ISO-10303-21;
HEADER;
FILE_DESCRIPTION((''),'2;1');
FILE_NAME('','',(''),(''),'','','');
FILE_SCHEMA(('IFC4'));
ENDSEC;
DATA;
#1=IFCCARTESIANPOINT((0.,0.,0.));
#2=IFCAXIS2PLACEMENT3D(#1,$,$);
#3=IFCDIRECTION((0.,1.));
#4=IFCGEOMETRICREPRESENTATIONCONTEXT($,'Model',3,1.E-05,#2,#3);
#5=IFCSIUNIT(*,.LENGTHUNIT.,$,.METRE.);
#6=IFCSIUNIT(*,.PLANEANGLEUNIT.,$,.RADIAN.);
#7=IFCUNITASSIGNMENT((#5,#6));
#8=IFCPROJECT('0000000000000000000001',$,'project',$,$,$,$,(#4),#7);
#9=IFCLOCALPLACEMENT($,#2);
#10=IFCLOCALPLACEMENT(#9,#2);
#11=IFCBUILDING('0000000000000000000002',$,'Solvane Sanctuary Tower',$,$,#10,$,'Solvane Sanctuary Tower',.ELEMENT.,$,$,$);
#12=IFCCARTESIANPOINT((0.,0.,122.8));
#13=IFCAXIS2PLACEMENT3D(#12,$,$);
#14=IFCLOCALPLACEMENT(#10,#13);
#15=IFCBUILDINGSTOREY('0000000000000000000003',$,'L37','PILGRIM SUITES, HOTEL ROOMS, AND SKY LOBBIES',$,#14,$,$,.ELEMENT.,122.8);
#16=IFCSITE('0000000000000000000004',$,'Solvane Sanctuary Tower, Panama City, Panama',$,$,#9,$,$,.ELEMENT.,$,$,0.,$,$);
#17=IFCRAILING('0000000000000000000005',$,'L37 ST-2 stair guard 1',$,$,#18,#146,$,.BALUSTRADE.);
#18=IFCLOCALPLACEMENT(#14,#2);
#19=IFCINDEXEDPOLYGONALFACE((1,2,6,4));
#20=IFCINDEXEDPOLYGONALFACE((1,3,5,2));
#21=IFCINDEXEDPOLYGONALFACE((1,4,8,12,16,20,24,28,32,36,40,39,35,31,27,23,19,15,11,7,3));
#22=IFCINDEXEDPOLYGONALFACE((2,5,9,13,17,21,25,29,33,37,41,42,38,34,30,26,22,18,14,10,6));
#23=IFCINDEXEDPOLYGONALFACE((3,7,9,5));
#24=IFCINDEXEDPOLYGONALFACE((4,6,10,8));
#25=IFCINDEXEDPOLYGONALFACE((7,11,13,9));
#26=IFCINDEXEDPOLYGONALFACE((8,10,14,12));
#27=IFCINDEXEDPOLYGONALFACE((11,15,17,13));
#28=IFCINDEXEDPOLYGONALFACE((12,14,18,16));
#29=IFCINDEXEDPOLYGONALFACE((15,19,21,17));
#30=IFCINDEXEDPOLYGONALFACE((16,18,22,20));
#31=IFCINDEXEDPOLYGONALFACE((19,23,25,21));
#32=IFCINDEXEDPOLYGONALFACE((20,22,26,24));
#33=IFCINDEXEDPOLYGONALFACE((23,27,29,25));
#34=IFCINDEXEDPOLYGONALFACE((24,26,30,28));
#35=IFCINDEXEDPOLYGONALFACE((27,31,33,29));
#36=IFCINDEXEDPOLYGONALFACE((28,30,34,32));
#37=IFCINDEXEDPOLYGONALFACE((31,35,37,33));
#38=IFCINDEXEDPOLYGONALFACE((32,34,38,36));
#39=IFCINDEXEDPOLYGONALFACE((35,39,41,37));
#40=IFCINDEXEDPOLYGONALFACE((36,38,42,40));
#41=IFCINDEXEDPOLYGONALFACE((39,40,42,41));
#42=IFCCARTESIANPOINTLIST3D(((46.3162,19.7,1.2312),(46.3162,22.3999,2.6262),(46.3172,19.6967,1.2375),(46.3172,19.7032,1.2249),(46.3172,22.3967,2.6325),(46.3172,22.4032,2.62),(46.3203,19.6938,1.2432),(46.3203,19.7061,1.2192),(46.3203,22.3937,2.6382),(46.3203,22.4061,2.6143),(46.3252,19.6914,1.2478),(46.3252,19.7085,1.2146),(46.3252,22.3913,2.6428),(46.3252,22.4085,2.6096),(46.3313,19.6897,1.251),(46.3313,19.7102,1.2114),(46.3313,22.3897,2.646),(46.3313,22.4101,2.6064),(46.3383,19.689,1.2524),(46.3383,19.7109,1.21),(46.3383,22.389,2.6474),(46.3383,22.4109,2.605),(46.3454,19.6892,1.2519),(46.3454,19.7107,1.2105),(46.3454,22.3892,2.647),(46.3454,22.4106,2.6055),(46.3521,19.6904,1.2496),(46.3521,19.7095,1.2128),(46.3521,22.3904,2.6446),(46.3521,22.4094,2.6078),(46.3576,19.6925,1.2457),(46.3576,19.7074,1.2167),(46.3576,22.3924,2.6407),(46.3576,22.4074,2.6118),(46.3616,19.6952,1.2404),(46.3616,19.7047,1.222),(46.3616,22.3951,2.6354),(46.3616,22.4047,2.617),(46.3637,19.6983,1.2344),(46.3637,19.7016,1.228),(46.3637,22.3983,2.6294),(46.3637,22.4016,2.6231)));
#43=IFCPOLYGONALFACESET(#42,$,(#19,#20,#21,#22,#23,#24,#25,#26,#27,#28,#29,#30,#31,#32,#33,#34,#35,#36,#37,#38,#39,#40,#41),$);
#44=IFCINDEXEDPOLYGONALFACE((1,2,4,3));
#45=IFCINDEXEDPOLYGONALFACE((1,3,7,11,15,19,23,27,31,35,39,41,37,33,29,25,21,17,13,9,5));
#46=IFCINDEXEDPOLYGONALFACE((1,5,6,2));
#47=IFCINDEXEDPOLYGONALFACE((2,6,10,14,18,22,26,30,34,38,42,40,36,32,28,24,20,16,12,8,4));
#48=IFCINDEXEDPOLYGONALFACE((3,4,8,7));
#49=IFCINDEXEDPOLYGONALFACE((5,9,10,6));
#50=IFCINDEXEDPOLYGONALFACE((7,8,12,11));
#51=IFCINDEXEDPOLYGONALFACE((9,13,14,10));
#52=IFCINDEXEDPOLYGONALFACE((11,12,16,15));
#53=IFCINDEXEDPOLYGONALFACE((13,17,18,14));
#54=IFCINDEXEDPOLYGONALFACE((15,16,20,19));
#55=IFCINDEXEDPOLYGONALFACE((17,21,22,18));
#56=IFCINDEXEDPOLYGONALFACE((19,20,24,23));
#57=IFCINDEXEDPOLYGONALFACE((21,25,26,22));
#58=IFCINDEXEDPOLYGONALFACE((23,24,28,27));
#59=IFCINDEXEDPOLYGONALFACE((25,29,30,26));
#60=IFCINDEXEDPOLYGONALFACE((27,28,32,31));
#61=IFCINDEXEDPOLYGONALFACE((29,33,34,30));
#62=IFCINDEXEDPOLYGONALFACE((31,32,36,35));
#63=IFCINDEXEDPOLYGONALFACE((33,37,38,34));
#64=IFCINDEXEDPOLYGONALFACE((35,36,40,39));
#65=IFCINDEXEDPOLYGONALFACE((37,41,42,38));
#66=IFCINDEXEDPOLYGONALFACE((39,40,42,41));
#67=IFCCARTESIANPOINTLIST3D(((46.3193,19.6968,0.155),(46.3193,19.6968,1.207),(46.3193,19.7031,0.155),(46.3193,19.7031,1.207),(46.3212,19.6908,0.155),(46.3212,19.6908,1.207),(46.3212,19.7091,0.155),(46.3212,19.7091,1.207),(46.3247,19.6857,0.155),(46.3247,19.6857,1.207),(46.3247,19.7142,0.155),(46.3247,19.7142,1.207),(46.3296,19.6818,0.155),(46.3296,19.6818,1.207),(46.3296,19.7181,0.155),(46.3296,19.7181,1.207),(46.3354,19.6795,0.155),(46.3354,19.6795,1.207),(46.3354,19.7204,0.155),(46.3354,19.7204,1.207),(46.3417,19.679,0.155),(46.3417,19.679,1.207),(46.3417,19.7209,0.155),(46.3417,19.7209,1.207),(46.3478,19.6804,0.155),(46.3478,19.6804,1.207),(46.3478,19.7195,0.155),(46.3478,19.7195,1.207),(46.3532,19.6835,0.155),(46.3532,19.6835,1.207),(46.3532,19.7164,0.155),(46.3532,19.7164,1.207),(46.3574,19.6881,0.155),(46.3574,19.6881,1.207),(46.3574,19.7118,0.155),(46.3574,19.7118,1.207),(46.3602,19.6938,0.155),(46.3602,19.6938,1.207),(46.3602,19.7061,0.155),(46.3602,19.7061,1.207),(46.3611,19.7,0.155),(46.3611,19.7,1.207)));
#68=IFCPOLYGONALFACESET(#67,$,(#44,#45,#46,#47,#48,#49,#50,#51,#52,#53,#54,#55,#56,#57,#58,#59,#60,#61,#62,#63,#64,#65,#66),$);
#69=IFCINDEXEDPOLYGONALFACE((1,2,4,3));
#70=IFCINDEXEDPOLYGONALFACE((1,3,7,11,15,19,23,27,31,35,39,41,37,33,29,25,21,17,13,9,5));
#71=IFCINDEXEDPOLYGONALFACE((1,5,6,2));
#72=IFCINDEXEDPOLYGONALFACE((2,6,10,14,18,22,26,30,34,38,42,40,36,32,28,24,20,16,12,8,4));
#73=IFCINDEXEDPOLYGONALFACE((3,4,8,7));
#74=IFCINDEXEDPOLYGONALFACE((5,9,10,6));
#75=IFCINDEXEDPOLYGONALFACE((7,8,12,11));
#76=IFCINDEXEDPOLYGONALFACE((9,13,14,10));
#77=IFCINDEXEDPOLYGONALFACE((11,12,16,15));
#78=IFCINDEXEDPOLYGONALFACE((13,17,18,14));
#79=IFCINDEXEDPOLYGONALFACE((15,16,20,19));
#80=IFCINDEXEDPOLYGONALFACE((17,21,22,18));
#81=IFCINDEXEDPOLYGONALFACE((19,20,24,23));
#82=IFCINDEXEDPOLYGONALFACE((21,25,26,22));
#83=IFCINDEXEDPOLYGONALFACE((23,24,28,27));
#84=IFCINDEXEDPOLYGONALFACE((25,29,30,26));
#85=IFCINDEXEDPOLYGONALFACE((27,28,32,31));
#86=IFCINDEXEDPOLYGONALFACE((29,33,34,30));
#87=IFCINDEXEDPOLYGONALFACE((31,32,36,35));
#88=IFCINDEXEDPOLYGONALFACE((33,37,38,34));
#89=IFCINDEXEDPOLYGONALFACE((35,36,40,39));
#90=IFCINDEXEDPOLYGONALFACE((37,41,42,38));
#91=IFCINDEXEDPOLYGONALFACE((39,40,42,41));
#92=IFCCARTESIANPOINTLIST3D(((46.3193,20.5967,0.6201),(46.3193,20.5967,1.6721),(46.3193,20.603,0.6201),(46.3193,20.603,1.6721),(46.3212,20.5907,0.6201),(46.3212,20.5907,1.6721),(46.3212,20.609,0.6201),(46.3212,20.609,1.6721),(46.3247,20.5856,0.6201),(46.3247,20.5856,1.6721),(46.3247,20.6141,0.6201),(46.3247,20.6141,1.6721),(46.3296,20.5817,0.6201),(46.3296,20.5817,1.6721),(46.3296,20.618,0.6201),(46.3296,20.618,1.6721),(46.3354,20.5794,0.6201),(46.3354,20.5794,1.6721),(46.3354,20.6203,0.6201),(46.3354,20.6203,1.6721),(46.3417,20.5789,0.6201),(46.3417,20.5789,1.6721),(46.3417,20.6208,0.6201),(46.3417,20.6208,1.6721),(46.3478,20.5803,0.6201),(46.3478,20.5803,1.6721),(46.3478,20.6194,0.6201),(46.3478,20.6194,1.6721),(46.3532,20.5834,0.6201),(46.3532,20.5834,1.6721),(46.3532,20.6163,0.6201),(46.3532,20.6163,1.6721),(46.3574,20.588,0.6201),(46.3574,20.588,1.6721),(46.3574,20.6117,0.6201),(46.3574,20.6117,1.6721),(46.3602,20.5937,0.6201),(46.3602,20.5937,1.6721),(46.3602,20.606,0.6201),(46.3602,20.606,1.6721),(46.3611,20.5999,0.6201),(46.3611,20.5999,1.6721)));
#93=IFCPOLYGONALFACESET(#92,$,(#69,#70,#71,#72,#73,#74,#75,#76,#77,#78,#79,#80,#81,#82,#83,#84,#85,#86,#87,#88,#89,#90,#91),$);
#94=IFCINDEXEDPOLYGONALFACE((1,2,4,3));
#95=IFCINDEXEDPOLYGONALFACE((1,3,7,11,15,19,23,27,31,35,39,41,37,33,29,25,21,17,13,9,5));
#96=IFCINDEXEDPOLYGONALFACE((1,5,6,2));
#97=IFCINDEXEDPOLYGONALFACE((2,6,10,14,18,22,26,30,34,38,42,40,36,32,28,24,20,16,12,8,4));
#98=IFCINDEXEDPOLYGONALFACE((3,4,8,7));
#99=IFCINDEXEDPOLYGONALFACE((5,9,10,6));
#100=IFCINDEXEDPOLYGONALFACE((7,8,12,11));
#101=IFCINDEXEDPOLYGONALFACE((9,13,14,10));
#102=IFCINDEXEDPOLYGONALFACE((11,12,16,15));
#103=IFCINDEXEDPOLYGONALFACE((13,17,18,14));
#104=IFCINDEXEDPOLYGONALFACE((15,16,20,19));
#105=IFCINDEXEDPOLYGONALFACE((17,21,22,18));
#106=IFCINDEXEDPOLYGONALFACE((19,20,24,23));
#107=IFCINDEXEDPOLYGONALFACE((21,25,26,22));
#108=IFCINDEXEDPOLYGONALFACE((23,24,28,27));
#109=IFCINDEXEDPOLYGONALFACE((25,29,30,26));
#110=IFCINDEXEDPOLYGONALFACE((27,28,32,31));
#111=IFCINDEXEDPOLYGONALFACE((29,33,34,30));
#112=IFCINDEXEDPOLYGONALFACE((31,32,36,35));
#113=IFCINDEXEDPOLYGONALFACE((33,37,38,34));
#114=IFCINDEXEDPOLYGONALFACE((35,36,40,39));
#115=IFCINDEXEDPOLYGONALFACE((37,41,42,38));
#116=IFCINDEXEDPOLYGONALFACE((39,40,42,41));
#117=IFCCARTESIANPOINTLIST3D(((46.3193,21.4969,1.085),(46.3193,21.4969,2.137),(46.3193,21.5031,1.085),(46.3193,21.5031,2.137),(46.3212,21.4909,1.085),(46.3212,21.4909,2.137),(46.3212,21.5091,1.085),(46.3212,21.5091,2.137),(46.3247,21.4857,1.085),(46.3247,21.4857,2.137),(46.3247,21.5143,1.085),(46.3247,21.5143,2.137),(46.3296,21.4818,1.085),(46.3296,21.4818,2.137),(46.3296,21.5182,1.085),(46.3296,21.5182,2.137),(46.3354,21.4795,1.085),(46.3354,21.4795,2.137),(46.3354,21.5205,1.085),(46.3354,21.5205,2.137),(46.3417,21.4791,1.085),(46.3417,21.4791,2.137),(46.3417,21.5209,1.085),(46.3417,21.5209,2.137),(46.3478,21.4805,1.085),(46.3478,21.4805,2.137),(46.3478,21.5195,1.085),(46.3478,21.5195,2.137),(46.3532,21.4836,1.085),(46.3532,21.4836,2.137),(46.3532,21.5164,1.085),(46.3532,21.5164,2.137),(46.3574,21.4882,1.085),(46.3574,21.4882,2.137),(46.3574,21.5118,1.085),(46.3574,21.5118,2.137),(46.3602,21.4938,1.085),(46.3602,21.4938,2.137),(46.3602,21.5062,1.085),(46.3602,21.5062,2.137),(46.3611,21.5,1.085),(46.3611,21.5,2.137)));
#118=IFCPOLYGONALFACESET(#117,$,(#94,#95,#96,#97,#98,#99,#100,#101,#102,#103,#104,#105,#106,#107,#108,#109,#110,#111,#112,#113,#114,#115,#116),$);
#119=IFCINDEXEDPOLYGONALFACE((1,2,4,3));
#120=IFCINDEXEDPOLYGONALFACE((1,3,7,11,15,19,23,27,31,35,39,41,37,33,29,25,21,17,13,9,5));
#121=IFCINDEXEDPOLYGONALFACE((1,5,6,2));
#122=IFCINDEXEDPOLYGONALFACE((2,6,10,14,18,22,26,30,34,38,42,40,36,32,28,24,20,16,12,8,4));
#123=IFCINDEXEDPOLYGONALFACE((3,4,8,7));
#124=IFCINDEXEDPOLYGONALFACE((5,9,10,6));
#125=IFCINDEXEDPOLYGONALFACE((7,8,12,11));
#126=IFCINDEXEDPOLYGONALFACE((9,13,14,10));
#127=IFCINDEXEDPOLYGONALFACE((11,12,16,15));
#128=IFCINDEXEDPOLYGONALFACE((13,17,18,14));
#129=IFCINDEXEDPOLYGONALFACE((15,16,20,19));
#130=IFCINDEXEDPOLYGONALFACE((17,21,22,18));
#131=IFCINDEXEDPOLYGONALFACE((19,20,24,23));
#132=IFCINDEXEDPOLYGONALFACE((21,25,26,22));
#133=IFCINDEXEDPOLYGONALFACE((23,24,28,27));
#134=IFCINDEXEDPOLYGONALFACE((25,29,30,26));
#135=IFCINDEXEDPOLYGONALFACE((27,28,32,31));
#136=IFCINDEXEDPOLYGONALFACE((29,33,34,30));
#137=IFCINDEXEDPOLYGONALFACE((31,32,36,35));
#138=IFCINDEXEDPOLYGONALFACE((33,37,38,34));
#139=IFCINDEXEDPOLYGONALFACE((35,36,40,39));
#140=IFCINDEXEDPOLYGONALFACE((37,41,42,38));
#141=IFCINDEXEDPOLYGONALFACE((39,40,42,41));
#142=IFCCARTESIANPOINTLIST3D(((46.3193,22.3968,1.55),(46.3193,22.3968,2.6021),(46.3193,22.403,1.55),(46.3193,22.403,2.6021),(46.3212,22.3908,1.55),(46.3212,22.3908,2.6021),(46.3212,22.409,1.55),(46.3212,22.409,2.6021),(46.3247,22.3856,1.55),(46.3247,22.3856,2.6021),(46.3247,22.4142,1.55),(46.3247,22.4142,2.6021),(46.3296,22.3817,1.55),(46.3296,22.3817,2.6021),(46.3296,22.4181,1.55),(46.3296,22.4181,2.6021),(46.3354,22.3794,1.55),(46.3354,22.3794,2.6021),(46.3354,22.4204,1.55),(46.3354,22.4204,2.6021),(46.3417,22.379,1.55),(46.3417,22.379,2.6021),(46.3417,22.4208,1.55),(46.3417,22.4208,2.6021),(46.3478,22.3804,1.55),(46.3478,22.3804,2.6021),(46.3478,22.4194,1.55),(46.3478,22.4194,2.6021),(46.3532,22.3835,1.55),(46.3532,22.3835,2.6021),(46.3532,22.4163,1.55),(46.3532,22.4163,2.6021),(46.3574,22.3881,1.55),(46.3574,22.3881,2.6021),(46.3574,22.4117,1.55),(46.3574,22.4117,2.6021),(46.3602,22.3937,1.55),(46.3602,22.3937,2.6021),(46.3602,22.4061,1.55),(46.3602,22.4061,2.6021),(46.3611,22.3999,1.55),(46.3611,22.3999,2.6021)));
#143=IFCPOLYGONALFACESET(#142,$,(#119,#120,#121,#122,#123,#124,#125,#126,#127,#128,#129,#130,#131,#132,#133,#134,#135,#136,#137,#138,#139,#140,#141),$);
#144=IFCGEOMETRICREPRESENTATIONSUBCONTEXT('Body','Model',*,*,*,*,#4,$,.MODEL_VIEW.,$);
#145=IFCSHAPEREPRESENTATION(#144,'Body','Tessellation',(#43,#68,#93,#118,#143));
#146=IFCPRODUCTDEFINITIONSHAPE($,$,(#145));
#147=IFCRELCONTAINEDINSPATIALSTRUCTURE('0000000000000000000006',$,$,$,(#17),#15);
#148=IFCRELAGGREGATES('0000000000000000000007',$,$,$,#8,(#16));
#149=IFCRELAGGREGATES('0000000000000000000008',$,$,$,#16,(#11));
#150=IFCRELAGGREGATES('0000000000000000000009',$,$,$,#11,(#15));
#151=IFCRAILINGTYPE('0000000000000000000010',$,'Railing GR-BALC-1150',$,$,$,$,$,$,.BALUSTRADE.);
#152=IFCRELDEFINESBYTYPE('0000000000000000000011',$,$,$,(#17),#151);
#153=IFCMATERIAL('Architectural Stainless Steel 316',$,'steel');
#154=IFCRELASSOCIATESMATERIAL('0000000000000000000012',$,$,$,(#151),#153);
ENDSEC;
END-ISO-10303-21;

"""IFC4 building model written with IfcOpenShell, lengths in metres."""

from ifc_helpers import new_model, si_unit, direction, frame, origin, origin_2d, place, context, subcontext, project, spatial, circle, extrude, material, type_object, element, save


model = new_model("IFC4")

# Units and contexts
model_context = context("Model", 3, precision=1e-05, world=origin(), true_north=direction((0.0, 1.0)))
body_context = subcontext(model_context, "Body", "Model", "MODEL_VIEW")
ifc_project = project(units=[si_unit("LENGTHUNIT", "METRE"), si_unit("PLANEANGLEUNIT", "RADIAN")], contexts=[model_context])

# Site, building, storey
site_placement = place(None, origin())
site = spatial("IfcSite", under=ifc_project, at=site_placement, Name="Solvane Sanctuary Tower, Panama City, Panama", CompositionType="ELEMENT", RefElevation=0.0)
building_placement = place(site_placement, origin())
building = spatial("IfcBuilding", under=site, at=building_placement, Name="Solvane Sanctuary Tower", LongName="Solvane Sanctuary Tower", CompositionType="ELEMENT")
storey_placement = place(building_placement, frame((0.0, 0.0, 122.8)))
storey = spatial("IfcBuildingStorey", under=building, at=storey_placement, Name="L37", Description="PILGRIM SUITES, HOTEL ROOMS, AND SKY LOBBIES", CompositionType="ELEMENT", Elevation=122.8)

# Shared definitions
ifc_material_1 = material(Name="Architectural Stainless Steel 316", Category="steel")

# Railing
railing_type_1 = type_object("IfcRailingType", Name="Railing GR-BALC-1150", PredefinedType="BALUSTRADE", material=ifc_material_1)
railing_1_placement = place(storey_placement, frame((46.3401, 19.7, 0.155)))
element("IfcRailing", 1, at=railing_1_placement, inside=storey, type_object=railing_type_1, Name="L37 ST-2 stair guard 1", PredefinedType="BALUSTRADE", context=body_context, shape_type="SweptSolid", body=[
    extrude(circle(Radius=0.0239, at=origin_2d()), frame((0.0, 0.0, 1.0762), z_axis=(0.0, 0.88842, 0.459032), x_axis=(-1.0, 0.0, 0.0)), (0.0, 0.0, 1.0), 3.0391),
    extrude(circle(Radius=0.021, at=origin_2d()), origin(), (0.0, 0.0, 1.0), 1.052),
    extrude(circle(Radius=0.021, at=origin_2d()), frame((0.0, 0.8999, 0.4651)), (0.0, 0.0, 1.0), 1.052),
    extrude(circle(Radius=0.021, at=origin_2d()), frame((0.0, 1.8, 0.9299)), (0.0, 0.0, 1.0), 1.052),
    extrude(circle(Radius=0.021, at=origin_2d()), frame((0.0, 2.7, 1.395)), (0.0, 0.0, 1.0), 1.052),
])

save(model, "model.ifc")
